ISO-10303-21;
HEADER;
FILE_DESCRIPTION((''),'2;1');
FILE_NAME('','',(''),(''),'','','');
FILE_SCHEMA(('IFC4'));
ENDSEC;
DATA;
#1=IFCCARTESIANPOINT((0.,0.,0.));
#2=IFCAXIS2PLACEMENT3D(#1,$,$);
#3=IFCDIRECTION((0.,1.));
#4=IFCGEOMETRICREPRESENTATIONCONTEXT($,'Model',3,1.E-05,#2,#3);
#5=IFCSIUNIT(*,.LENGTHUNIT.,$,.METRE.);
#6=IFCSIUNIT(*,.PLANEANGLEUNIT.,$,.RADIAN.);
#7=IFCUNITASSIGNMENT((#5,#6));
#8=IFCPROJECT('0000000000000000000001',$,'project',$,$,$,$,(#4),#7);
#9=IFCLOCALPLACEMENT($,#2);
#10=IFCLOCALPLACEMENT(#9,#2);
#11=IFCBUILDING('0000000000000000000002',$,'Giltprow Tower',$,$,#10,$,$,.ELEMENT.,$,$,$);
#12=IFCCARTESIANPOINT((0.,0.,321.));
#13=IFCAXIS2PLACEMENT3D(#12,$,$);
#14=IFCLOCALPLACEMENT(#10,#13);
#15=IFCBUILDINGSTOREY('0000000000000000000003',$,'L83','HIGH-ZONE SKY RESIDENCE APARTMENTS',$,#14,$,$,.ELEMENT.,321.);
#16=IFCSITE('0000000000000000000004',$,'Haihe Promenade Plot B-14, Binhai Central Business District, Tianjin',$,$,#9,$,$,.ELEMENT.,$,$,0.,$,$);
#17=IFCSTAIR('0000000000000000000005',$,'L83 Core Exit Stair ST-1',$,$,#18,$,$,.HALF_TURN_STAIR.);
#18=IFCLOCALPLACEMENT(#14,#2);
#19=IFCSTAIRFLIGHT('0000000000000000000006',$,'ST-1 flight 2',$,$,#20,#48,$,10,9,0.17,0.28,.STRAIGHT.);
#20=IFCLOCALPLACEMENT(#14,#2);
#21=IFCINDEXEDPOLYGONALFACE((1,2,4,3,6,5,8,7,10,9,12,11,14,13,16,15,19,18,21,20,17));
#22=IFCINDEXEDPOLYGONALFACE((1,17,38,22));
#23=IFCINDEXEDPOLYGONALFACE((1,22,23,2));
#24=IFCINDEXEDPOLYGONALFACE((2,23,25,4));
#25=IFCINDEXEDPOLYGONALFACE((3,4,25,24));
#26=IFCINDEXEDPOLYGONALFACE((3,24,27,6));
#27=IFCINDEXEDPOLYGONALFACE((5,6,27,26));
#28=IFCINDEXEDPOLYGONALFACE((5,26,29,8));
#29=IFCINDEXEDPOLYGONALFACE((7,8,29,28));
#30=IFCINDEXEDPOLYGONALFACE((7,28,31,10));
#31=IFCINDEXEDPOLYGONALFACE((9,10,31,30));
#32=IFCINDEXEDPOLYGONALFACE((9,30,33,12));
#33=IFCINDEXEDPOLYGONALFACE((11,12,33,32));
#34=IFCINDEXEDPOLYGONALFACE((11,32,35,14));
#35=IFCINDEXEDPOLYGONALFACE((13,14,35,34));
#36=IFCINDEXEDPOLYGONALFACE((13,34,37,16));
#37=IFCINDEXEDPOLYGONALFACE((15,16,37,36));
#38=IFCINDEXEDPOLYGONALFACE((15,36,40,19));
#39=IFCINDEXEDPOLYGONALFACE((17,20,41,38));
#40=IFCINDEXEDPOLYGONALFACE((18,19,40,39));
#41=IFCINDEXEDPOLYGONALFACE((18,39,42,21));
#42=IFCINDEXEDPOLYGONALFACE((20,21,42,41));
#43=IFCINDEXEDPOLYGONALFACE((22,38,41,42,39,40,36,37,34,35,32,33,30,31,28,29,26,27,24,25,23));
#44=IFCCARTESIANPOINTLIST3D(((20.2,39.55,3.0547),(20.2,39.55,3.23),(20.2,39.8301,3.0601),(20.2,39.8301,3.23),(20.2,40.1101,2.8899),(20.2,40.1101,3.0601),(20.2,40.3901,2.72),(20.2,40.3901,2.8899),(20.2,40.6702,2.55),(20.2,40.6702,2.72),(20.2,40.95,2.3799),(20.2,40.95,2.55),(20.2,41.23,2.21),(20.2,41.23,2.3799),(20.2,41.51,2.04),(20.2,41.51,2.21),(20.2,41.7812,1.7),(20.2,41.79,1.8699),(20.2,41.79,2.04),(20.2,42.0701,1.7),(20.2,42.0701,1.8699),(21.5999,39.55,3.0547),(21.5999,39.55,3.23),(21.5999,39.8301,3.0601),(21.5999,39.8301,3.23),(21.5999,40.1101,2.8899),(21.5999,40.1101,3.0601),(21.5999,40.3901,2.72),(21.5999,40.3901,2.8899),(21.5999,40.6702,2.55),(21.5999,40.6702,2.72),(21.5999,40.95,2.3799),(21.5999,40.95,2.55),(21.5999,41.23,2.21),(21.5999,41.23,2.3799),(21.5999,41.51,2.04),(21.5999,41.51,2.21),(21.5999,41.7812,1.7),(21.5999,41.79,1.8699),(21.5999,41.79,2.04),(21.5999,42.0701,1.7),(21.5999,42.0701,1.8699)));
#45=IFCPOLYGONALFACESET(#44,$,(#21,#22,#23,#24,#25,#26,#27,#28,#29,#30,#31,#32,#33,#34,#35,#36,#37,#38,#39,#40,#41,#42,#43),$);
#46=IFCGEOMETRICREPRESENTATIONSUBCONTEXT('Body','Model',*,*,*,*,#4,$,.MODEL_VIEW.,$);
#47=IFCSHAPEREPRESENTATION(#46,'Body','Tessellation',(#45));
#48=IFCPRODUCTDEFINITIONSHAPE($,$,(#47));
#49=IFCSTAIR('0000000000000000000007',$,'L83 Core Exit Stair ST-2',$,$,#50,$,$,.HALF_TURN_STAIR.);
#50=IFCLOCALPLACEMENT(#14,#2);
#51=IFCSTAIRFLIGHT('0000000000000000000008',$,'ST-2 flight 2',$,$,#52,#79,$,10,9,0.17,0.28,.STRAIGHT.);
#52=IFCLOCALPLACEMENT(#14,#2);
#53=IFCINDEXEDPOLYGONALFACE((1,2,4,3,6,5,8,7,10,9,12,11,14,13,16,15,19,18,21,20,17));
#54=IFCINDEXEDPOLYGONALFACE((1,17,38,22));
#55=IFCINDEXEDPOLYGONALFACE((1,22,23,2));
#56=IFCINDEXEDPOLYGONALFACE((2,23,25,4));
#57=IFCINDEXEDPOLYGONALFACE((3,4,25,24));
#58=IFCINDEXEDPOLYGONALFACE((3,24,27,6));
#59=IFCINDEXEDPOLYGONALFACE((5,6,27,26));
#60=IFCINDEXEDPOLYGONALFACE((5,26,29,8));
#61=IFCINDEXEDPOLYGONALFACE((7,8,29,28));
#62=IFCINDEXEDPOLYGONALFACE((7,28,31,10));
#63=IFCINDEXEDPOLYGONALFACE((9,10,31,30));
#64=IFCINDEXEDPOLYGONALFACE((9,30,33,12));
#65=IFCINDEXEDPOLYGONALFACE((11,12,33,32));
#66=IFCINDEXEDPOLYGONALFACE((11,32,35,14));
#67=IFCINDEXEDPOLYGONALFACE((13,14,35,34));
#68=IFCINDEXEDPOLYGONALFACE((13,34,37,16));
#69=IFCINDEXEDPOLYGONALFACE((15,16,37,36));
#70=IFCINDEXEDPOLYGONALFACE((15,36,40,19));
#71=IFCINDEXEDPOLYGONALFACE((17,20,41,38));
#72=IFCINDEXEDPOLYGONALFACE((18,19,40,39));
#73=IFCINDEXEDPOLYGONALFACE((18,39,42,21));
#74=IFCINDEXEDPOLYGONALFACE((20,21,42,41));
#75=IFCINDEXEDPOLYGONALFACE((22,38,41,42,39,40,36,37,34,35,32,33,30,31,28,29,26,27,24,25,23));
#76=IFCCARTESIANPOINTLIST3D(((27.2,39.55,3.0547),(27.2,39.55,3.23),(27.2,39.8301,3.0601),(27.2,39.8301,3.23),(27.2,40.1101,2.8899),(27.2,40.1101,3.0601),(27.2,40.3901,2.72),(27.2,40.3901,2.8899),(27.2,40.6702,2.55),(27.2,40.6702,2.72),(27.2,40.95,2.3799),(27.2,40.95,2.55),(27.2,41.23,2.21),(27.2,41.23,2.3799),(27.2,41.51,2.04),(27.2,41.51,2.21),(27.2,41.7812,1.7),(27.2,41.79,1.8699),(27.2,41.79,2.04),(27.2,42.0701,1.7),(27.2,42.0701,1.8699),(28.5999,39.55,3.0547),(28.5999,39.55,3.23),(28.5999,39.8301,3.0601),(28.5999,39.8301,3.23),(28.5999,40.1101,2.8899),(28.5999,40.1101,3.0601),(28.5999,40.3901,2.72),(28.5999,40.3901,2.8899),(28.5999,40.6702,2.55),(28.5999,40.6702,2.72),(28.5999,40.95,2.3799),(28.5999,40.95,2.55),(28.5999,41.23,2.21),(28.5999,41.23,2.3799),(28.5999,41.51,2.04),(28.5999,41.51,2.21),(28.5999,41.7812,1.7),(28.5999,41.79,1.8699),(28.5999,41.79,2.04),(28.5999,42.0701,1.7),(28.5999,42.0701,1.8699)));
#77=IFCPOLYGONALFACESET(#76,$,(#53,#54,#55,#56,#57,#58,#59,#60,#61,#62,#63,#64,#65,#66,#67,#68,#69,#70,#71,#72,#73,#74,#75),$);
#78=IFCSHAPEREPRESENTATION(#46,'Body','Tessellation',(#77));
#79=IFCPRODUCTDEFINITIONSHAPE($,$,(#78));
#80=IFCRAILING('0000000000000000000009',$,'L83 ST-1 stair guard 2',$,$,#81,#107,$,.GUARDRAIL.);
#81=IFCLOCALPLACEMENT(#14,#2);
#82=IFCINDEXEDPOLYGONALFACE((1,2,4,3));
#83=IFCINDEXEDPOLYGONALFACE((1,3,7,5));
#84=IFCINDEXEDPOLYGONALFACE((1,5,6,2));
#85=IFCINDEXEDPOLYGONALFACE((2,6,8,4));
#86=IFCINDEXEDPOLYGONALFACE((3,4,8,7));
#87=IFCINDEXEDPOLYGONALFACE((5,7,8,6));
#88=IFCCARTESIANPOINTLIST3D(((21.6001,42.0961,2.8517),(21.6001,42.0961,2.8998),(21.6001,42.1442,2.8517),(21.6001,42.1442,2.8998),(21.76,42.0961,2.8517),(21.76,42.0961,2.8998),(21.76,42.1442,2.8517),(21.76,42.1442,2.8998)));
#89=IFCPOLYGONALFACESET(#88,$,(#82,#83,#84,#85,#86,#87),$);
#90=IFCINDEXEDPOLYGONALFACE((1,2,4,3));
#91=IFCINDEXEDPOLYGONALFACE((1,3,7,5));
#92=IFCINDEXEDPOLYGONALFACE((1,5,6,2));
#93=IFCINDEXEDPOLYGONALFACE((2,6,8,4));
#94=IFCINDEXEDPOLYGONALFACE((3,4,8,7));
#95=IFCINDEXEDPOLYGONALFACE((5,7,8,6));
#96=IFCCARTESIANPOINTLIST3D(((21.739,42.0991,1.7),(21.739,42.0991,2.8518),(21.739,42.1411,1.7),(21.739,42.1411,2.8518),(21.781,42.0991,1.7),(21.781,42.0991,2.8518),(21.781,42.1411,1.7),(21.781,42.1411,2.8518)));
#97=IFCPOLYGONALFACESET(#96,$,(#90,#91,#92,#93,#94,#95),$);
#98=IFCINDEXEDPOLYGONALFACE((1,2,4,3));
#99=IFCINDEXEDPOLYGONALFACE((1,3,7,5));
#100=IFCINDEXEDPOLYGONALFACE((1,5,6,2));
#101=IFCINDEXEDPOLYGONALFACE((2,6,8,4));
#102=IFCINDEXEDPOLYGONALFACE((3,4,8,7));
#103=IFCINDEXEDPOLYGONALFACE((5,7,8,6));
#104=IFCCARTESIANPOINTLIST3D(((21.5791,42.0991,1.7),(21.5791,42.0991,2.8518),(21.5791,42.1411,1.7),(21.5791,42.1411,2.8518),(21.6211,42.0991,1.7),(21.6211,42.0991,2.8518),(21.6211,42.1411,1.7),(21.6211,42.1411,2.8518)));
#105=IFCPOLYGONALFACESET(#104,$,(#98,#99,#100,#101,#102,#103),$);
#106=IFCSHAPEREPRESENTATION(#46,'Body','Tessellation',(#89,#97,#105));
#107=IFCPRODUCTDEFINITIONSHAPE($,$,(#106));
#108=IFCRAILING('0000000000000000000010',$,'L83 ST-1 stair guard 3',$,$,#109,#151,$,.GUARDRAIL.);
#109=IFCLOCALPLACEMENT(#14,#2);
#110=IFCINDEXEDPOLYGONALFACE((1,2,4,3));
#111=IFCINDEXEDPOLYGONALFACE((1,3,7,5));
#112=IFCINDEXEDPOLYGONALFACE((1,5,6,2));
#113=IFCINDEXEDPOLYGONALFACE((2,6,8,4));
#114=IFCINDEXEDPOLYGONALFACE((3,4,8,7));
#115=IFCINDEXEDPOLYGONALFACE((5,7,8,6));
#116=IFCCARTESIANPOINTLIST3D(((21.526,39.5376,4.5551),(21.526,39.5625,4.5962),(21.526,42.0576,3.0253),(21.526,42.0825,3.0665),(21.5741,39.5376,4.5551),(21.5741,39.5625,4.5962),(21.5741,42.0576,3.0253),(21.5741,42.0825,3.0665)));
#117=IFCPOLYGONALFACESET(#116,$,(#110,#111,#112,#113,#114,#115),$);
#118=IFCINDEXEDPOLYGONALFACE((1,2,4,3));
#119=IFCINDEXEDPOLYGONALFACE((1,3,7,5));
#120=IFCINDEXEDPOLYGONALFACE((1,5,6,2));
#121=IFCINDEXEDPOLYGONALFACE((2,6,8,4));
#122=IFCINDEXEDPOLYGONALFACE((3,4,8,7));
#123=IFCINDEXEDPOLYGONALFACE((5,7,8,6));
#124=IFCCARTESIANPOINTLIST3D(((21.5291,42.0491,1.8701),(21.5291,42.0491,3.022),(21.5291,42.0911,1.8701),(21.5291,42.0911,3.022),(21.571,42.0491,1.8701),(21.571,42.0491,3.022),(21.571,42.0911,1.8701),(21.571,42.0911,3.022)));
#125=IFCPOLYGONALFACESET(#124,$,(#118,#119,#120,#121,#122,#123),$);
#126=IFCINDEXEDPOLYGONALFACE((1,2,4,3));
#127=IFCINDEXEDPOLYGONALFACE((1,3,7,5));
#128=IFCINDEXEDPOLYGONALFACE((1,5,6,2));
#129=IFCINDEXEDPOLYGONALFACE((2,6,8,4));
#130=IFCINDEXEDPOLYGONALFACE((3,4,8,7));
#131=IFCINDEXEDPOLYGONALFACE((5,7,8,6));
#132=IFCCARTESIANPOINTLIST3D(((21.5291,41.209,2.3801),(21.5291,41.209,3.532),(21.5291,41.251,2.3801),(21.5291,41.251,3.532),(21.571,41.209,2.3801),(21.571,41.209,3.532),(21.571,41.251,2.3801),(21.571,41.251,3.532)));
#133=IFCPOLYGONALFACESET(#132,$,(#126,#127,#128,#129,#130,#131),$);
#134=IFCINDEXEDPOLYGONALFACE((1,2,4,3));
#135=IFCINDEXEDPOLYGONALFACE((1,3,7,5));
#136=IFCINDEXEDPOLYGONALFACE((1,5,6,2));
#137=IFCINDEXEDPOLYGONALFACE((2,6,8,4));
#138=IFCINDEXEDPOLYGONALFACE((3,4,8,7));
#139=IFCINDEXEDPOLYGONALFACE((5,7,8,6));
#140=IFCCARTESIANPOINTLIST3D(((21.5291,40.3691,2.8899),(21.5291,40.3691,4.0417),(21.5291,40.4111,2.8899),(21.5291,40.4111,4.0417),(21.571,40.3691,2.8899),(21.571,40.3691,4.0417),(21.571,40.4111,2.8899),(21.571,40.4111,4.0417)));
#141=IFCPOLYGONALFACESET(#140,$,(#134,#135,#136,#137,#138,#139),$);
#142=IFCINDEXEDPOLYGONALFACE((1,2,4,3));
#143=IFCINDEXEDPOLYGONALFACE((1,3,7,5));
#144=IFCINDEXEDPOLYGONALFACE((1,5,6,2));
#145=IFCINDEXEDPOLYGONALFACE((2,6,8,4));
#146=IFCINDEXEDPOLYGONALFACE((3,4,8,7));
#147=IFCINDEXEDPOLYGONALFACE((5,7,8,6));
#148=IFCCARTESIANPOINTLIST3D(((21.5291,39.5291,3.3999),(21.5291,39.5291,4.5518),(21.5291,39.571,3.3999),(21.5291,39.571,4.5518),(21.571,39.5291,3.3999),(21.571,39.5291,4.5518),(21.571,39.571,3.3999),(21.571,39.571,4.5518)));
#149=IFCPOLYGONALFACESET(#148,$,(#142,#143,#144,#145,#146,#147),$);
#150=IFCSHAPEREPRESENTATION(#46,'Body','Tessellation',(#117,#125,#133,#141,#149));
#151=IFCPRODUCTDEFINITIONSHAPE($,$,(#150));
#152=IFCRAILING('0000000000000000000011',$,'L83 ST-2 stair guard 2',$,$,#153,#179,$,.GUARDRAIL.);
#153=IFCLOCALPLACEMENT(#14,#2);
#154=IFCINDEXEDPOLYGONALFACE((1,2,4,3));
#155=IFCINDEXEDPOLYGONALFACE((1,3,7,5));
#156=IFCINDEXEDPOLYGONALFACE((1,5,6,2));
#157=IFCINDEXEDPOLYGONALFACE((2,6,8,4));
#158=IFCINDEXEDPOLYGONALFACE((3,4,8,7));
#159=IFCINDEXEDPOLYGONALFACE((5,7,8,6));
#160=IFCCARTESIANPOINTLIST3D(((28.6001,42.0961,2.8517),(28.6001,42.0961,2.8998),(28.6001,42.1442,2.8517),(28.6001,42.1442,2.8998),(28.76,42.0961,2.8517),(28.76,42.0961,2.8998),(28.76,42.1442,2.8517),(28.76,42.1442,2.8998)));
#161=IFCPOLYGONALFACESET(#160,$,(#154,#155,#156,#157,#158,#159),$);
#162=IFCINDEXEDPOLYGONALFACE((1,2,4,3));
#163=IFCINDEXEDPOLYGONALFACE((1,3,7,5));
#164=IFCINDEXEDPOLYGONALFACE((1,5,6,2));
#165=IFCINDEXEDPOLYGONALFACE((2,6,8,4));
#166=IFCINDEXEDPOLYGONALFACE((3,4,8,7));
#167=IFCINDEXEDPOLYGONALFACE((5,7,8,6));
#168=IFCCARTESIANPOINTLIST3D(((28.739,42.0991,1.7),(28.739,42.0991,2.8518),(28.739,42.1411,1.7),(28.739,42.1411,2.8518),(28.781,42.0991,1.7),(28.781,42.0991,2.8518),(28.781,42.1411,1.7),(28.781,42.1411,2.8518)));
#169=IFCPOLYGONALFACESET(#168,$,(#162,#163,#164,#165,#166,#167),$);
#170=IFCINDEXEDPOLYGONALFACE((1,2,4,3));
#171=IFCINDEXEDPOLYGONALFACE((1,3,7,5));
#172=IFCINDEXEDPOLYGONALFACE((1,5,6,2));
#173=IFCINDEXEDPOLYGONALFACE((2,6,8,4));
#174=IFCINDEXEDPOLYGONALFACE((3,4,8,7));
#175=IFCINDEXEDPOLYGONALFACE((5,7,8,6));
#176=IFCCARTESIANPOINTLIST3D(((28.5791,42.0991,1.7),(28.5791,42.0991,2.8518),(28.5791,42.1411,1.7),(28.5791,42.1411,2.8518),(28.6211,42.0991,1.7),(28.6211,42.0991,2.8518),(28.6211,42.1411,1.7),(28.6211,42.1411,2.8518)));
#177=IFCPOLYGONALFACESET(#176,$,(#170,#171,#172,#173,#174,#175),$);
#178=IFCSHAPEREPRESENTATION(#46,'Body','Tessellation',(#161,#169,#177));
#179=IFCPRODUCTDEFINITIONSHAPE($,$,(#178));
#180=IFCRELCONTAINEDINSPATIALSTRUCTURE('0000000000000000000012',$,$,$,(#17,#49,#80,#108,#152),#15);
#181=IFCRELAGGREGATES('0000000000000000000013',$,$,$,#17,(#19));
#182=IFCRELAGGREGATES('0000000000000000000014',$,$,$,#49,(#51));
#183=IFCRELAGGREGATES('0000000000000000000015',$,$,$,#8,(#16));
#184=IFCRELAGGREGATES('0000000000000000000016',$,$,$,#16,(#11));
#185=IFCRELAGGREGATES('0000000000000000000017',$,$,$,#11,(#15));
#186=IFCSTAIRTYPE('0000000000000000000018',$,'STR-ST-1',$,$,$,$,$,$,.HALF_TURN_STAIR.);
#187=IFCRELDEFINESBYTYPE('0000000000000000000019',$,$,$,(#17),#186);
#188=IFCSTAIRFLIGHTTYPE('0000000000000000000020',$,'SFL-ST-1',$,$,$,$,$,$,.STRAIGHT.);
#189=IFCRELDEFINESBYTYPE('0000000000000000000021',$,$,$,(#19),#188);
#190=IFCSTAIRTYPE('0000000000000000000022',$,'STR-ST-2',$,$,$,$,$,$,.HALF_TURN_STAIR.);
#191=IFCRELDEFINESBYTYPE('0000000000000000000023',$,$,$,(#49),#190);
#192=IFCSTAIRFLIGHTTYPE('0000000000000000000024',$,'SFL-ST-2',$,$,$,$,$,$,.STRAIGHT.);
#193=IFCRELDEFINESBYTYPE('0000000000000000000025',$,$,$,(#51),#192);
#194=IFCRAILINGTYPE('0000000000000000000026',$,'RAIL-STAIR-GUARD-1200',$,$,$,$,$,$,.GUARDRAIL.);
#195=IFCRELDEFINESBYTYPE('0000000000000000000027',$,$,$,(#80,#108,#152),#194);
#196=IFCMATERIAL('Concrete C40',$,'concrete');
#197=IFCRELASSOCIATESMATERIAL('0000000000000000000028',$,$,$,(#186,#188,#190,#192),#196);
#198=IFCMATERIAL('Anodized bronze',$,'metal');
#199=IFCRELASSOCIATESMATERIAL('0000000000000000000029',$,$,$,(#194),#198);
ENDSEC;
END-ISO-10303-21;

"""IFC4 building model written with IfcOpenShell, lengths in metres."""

from ifc_helpers import new_model, si_unit, direction, frame, origin, origin_2d, place, context, subcontext, project, spatial, polyline, rectangle, outline, extrude, material, type_object, element, aggregate, save


model = new_model("IFC4")

# Units and contexts
model_context = context("Model", 3, precision=1e-05, world=origin(), true_north=direction((0.0, 1.0)))
body_context = subcontext(model_context, "Body", "Model", "MODEL_VIEW")
ifc_project = project(units=[si_unit("LENGTHUNIT", "METRE"), si_unit("PLANEANGLEUNIT", "RADIAN")], contexts=[model_context])

# Site, building, storey
site_placement = place(None, origin())
site = spatial("IfcSite", under=ifc_project, at=site_placement, Name="Haihe Promenade Plot B-14, Binhai Central Business District, Tianjin", CompositionType="ELEMENT", RefElevation=0.0)
building_placement = place(site_placement, origin())
building = spatial("IfcBuilding", under=site, at=building_placement, Name="Giltprow Tower", CompositionType="ELEMENT")
storey_placement = place(building_placement, frame((0.0, 0.0, 321.0)))
storey = spatial("IfcBuildingStorey", under=building, at=storey_placement, Name="L83", Description="HIGH-ZONE SKY RESIDENCE APARTMENTS", CompositionType="ELEMENT", Elevation=321.0)

# Shared definitions
ifc_material_1 = material(Name="Concrete C40", Category="concrete")

# Stairs, stair flights
stair_type_1 = type_object("IfcStairType", Name="STR-ST-1", PredefinedType="HALF_TURN_STAIR", material=ifc_material_1)
stair_1_placement = place(storey_placement, origin())
stair_1 = element("IfcStair", 1, at=stair_1_placement, inside=storey, type_object=stair_type_1, Name="L83 Core Exit Stair ST-1", PredefinedType="HALF_TURN_STAIR")
stair_flight_type_1 = type_object("IfcStairFlightType", Name="SFL-ST-1", PredefinedType="STRAIGHT", material=ifc_material_1)
stair_flight_1_placement = place(storey_placement, frame((20.8999, 42.0701, 1.7), z_axis=(0.0, 0.0, 1.0), x_axis=(0.0, -1.0, 0.0)))
stair_flight_1 = element("IfcStairFlight", 2, at=stair_flight_1_placement, type_object=stair_flight_type_1, Name="ST-1 flight 2", NumberOfRisers=10, NumberOfTreads=9, PredefinedType="STRAIGHT", RiserHeight=0.17, TreadLength=0.28, context=body_context, shape_type="SweptSolid", body=[
    extrude(outline(polyline([(0.0, 0.0), (0.0, 0.1699), (0.28, 0.1699), (0.28, 0.3401), (0.5601, 0.3401), (0.5601, 0.51), (0.8401, 0.51), (0.8401, 0.6799), (1.1201, 0.6799), (1.1201, 0.8501), (1.3999, 0.8501), (1.3999, 1.02), (1.6799, 1.02), (1.6799, 1.1899), (1.96, 1.1899), (1.96, 1.3601), (2.24, 1.3601), (2.24, 1.53), (2.52, 1.53), (2.52, 1.7), (2.52, 1.3547), (0.2888, 0.0), (0.0, 0.0)])), frame((0.0, 0.7, 0.0), z_axis=(0.0, -1.0, 0.0), x_axis=(1.0, 0.0, 0.0)), (0.0, 0.0, 1.0), 1.3999),
])
aggregate(stair_1, [stair_flight_1])
stair_type_2 = type_object("IfcStairType", Name="STR-ST-2", PredefinedType="HALF_TURN_STAIR", material=ifc_material_1)
stair_2_placement = place(storey_placement, origin())
stair_2 = element("IfcStair", 3, at=stair_2_placement, inside=storey, type_object=stair_type_2, Name="L83 Core Exit Stair ST-2", PredefinedType="HALF_TURN_STAIR")
stair_flight_type_2 = type_object("IfcStairFlightType", Name="SFL-ST-2", PredefinedType="STRAIGHT", material=ifc_material_1)
stair_flight_2_placement = place(storey_placement, frame((27.8999, 42.0701, 1.7), z_axis=(0.0, 0.0, 1.0), x_axis=(0.0, -1.0, 0.0)))
stair_flight_2 = element("IfcStairFlight", 4, at=stair_flight_2_placement, type_object=stair_flight_type_2, Name="ST-2 flight 2", NumberOfRisers=10, NumberOfTreads=9, PredefinedType="STRAIGHT", RiserHeight=0.17, TreadLength=0.28, context=body_context, shape_type="SweptSolid", body=[
    extrude(outline(polyline([(0.0, 0.0), (0.0, 0.1699), (0.28, 0.1699), (0.28, 0.3401), (0.5601, 0.3401), (0.5601, 0.51), (0.8401, 0.51), (0.8401, 0.6799), (1.1201, 0.6799), (1.1201, 0.8501), (1.3999, 0.8501), (1.3999, 1.02), (1.6799, 1.02), (1.6799, 1.1899), (1.96, 1.1899), (1.96, 1.3601), (2.24, 1.3601), (2.24, 1.53), (2.52, 1.53), (2.52, 1.7), (2.52, 1.3547), (0.2888, 0.0), (0.0, 0.0)])), frame((0.0, 0.7, 0.0), z_axis=(0.0, -1.0, 0.0), x_axis=(1.0, 0.0, 0.0)), (0.0, 0.0, 1.0), 1.3999),
])
aggregate(stair_2, [stair_flight_2])

# Railings
ifc_material_2 = material(Name="Anodized bronze", Category="metal")
railing_type_1 = type_object("IfcRailingType", Name="RAIL-STAIR-GUARD-1200", PredefinedType="GUARDRAIL", material=ifc_material_2)
railing_1_placement = place(storey_placement, frame((21.76, 42.1201, 1.7)))
element("IfcRailing", 5, at=railing_1_placement, inside=storey, type_object=railing_type_1, Name="L83 ST-1 stair guard 2", PredefinedType="GUARDRAIL", context=body_context, shape_type="SweptSolid", body=[
    extrude(rectangle(XDim=0.0481, YDim=0.0481, at=origin_2d()), frame((0.0, 0.0, 1.1758), z_axis=(-1.0, 0.0, 0.0), x_axis=(0.0, -1.0, 0.0)), (0.0, 0.0, 1.0), 0.1599),
    extrude(rectangle(XDim=0.042, YDim=0.042, at=origin_2d()), origin(), (0.0, 0.0, 1.0), 1.1519),
    extrude(rectangle(XDim=0.042, YDim=0.042, at=origin_2d()), frame((-0.1599, 0.0, 0.0)), (0.0, 0.0, 1.0), 1.1519),
])
railing_2_placement = place(storey_placement, frame((21.55, 42.0701, 1.8701)))
element("IfcRailing", 6, at=railing_2_placement, inside=storey, type_object=railing_type_1, Name="L83 ST-1 stair guard 3", PredefinedType="GUARDRAIL", context=body_context, shape_type="SweptSolid", body=[
    extrude(rectangle(XDim=0.0481, YDim=0.0481, at=origin_2d()), frame((0.0, 0.0, 1.1758), z_axis=(0.0, -0.854822, 0.518922), x_axis=(1.0, 0.0, 0.0)), (0.0, 0.0, 1.0), 2.948),
    extrude(rectangle(XDim=0.042, YDim=0.042, at=origin_2d()), origin(), (0.0, 0.0, 1.0), 1.1519),
    extrude(rectangle(XDim=0.042, YDim=0.042, at=origin_2d()), frame((0.0, -0.8401, 0.51)), (0.0, 0.0, 1.0), 1.1519),
    extrude(rectangle(XDim=0.042, YDim=0.042, at=origin_2d()), frame((0.0, -1.6799, 1.0198)), (0.0, 0.0, 1.0), 1.1519),
    extrude(rectangle(XDim=0.042, YDim=0.042, at=origin_2d()), frame((0.0, -2.52, 1.5298)), (0.0, 0.0, 1.0), 1.1519),
])
railing_3_placement = place(storey_placement, frame((28.76, 42.1201, 1.7)))
element("IfcRailing", 7, at=railing_3_placement, inside=storey, type_object=railing_type_1, Name="L83 ST-2 stair guard 2", PredefinedType="GUARDRAIL", context=body_context, shape_type="SweptSolid", body=[
    extrude(rectangle(XDim=0.0481, YDim=0.0481, at=origin_2d()), frame((0.0, 0.0, 1.1758), z_axis=(-1.0, 0.0, 0.0), x_axis=(0.0, -1.0, 0.0)), (0.0, 0.0, 1.0), 0.1599),
    extrude(rectangle(XDim=0.042, YDim=0.042, at=origin_2d()), origin(), (0.0, 0.0, 1.0), 1.1519),
    extrude(rectangle(XDim=0.042, YDim=0.042, at=origin_2d()), frame((-0.1599, 0.0, 0.0)), (0.0, 0.0, 1.0), 1.1519),
])

save(model, "model.ifc")
